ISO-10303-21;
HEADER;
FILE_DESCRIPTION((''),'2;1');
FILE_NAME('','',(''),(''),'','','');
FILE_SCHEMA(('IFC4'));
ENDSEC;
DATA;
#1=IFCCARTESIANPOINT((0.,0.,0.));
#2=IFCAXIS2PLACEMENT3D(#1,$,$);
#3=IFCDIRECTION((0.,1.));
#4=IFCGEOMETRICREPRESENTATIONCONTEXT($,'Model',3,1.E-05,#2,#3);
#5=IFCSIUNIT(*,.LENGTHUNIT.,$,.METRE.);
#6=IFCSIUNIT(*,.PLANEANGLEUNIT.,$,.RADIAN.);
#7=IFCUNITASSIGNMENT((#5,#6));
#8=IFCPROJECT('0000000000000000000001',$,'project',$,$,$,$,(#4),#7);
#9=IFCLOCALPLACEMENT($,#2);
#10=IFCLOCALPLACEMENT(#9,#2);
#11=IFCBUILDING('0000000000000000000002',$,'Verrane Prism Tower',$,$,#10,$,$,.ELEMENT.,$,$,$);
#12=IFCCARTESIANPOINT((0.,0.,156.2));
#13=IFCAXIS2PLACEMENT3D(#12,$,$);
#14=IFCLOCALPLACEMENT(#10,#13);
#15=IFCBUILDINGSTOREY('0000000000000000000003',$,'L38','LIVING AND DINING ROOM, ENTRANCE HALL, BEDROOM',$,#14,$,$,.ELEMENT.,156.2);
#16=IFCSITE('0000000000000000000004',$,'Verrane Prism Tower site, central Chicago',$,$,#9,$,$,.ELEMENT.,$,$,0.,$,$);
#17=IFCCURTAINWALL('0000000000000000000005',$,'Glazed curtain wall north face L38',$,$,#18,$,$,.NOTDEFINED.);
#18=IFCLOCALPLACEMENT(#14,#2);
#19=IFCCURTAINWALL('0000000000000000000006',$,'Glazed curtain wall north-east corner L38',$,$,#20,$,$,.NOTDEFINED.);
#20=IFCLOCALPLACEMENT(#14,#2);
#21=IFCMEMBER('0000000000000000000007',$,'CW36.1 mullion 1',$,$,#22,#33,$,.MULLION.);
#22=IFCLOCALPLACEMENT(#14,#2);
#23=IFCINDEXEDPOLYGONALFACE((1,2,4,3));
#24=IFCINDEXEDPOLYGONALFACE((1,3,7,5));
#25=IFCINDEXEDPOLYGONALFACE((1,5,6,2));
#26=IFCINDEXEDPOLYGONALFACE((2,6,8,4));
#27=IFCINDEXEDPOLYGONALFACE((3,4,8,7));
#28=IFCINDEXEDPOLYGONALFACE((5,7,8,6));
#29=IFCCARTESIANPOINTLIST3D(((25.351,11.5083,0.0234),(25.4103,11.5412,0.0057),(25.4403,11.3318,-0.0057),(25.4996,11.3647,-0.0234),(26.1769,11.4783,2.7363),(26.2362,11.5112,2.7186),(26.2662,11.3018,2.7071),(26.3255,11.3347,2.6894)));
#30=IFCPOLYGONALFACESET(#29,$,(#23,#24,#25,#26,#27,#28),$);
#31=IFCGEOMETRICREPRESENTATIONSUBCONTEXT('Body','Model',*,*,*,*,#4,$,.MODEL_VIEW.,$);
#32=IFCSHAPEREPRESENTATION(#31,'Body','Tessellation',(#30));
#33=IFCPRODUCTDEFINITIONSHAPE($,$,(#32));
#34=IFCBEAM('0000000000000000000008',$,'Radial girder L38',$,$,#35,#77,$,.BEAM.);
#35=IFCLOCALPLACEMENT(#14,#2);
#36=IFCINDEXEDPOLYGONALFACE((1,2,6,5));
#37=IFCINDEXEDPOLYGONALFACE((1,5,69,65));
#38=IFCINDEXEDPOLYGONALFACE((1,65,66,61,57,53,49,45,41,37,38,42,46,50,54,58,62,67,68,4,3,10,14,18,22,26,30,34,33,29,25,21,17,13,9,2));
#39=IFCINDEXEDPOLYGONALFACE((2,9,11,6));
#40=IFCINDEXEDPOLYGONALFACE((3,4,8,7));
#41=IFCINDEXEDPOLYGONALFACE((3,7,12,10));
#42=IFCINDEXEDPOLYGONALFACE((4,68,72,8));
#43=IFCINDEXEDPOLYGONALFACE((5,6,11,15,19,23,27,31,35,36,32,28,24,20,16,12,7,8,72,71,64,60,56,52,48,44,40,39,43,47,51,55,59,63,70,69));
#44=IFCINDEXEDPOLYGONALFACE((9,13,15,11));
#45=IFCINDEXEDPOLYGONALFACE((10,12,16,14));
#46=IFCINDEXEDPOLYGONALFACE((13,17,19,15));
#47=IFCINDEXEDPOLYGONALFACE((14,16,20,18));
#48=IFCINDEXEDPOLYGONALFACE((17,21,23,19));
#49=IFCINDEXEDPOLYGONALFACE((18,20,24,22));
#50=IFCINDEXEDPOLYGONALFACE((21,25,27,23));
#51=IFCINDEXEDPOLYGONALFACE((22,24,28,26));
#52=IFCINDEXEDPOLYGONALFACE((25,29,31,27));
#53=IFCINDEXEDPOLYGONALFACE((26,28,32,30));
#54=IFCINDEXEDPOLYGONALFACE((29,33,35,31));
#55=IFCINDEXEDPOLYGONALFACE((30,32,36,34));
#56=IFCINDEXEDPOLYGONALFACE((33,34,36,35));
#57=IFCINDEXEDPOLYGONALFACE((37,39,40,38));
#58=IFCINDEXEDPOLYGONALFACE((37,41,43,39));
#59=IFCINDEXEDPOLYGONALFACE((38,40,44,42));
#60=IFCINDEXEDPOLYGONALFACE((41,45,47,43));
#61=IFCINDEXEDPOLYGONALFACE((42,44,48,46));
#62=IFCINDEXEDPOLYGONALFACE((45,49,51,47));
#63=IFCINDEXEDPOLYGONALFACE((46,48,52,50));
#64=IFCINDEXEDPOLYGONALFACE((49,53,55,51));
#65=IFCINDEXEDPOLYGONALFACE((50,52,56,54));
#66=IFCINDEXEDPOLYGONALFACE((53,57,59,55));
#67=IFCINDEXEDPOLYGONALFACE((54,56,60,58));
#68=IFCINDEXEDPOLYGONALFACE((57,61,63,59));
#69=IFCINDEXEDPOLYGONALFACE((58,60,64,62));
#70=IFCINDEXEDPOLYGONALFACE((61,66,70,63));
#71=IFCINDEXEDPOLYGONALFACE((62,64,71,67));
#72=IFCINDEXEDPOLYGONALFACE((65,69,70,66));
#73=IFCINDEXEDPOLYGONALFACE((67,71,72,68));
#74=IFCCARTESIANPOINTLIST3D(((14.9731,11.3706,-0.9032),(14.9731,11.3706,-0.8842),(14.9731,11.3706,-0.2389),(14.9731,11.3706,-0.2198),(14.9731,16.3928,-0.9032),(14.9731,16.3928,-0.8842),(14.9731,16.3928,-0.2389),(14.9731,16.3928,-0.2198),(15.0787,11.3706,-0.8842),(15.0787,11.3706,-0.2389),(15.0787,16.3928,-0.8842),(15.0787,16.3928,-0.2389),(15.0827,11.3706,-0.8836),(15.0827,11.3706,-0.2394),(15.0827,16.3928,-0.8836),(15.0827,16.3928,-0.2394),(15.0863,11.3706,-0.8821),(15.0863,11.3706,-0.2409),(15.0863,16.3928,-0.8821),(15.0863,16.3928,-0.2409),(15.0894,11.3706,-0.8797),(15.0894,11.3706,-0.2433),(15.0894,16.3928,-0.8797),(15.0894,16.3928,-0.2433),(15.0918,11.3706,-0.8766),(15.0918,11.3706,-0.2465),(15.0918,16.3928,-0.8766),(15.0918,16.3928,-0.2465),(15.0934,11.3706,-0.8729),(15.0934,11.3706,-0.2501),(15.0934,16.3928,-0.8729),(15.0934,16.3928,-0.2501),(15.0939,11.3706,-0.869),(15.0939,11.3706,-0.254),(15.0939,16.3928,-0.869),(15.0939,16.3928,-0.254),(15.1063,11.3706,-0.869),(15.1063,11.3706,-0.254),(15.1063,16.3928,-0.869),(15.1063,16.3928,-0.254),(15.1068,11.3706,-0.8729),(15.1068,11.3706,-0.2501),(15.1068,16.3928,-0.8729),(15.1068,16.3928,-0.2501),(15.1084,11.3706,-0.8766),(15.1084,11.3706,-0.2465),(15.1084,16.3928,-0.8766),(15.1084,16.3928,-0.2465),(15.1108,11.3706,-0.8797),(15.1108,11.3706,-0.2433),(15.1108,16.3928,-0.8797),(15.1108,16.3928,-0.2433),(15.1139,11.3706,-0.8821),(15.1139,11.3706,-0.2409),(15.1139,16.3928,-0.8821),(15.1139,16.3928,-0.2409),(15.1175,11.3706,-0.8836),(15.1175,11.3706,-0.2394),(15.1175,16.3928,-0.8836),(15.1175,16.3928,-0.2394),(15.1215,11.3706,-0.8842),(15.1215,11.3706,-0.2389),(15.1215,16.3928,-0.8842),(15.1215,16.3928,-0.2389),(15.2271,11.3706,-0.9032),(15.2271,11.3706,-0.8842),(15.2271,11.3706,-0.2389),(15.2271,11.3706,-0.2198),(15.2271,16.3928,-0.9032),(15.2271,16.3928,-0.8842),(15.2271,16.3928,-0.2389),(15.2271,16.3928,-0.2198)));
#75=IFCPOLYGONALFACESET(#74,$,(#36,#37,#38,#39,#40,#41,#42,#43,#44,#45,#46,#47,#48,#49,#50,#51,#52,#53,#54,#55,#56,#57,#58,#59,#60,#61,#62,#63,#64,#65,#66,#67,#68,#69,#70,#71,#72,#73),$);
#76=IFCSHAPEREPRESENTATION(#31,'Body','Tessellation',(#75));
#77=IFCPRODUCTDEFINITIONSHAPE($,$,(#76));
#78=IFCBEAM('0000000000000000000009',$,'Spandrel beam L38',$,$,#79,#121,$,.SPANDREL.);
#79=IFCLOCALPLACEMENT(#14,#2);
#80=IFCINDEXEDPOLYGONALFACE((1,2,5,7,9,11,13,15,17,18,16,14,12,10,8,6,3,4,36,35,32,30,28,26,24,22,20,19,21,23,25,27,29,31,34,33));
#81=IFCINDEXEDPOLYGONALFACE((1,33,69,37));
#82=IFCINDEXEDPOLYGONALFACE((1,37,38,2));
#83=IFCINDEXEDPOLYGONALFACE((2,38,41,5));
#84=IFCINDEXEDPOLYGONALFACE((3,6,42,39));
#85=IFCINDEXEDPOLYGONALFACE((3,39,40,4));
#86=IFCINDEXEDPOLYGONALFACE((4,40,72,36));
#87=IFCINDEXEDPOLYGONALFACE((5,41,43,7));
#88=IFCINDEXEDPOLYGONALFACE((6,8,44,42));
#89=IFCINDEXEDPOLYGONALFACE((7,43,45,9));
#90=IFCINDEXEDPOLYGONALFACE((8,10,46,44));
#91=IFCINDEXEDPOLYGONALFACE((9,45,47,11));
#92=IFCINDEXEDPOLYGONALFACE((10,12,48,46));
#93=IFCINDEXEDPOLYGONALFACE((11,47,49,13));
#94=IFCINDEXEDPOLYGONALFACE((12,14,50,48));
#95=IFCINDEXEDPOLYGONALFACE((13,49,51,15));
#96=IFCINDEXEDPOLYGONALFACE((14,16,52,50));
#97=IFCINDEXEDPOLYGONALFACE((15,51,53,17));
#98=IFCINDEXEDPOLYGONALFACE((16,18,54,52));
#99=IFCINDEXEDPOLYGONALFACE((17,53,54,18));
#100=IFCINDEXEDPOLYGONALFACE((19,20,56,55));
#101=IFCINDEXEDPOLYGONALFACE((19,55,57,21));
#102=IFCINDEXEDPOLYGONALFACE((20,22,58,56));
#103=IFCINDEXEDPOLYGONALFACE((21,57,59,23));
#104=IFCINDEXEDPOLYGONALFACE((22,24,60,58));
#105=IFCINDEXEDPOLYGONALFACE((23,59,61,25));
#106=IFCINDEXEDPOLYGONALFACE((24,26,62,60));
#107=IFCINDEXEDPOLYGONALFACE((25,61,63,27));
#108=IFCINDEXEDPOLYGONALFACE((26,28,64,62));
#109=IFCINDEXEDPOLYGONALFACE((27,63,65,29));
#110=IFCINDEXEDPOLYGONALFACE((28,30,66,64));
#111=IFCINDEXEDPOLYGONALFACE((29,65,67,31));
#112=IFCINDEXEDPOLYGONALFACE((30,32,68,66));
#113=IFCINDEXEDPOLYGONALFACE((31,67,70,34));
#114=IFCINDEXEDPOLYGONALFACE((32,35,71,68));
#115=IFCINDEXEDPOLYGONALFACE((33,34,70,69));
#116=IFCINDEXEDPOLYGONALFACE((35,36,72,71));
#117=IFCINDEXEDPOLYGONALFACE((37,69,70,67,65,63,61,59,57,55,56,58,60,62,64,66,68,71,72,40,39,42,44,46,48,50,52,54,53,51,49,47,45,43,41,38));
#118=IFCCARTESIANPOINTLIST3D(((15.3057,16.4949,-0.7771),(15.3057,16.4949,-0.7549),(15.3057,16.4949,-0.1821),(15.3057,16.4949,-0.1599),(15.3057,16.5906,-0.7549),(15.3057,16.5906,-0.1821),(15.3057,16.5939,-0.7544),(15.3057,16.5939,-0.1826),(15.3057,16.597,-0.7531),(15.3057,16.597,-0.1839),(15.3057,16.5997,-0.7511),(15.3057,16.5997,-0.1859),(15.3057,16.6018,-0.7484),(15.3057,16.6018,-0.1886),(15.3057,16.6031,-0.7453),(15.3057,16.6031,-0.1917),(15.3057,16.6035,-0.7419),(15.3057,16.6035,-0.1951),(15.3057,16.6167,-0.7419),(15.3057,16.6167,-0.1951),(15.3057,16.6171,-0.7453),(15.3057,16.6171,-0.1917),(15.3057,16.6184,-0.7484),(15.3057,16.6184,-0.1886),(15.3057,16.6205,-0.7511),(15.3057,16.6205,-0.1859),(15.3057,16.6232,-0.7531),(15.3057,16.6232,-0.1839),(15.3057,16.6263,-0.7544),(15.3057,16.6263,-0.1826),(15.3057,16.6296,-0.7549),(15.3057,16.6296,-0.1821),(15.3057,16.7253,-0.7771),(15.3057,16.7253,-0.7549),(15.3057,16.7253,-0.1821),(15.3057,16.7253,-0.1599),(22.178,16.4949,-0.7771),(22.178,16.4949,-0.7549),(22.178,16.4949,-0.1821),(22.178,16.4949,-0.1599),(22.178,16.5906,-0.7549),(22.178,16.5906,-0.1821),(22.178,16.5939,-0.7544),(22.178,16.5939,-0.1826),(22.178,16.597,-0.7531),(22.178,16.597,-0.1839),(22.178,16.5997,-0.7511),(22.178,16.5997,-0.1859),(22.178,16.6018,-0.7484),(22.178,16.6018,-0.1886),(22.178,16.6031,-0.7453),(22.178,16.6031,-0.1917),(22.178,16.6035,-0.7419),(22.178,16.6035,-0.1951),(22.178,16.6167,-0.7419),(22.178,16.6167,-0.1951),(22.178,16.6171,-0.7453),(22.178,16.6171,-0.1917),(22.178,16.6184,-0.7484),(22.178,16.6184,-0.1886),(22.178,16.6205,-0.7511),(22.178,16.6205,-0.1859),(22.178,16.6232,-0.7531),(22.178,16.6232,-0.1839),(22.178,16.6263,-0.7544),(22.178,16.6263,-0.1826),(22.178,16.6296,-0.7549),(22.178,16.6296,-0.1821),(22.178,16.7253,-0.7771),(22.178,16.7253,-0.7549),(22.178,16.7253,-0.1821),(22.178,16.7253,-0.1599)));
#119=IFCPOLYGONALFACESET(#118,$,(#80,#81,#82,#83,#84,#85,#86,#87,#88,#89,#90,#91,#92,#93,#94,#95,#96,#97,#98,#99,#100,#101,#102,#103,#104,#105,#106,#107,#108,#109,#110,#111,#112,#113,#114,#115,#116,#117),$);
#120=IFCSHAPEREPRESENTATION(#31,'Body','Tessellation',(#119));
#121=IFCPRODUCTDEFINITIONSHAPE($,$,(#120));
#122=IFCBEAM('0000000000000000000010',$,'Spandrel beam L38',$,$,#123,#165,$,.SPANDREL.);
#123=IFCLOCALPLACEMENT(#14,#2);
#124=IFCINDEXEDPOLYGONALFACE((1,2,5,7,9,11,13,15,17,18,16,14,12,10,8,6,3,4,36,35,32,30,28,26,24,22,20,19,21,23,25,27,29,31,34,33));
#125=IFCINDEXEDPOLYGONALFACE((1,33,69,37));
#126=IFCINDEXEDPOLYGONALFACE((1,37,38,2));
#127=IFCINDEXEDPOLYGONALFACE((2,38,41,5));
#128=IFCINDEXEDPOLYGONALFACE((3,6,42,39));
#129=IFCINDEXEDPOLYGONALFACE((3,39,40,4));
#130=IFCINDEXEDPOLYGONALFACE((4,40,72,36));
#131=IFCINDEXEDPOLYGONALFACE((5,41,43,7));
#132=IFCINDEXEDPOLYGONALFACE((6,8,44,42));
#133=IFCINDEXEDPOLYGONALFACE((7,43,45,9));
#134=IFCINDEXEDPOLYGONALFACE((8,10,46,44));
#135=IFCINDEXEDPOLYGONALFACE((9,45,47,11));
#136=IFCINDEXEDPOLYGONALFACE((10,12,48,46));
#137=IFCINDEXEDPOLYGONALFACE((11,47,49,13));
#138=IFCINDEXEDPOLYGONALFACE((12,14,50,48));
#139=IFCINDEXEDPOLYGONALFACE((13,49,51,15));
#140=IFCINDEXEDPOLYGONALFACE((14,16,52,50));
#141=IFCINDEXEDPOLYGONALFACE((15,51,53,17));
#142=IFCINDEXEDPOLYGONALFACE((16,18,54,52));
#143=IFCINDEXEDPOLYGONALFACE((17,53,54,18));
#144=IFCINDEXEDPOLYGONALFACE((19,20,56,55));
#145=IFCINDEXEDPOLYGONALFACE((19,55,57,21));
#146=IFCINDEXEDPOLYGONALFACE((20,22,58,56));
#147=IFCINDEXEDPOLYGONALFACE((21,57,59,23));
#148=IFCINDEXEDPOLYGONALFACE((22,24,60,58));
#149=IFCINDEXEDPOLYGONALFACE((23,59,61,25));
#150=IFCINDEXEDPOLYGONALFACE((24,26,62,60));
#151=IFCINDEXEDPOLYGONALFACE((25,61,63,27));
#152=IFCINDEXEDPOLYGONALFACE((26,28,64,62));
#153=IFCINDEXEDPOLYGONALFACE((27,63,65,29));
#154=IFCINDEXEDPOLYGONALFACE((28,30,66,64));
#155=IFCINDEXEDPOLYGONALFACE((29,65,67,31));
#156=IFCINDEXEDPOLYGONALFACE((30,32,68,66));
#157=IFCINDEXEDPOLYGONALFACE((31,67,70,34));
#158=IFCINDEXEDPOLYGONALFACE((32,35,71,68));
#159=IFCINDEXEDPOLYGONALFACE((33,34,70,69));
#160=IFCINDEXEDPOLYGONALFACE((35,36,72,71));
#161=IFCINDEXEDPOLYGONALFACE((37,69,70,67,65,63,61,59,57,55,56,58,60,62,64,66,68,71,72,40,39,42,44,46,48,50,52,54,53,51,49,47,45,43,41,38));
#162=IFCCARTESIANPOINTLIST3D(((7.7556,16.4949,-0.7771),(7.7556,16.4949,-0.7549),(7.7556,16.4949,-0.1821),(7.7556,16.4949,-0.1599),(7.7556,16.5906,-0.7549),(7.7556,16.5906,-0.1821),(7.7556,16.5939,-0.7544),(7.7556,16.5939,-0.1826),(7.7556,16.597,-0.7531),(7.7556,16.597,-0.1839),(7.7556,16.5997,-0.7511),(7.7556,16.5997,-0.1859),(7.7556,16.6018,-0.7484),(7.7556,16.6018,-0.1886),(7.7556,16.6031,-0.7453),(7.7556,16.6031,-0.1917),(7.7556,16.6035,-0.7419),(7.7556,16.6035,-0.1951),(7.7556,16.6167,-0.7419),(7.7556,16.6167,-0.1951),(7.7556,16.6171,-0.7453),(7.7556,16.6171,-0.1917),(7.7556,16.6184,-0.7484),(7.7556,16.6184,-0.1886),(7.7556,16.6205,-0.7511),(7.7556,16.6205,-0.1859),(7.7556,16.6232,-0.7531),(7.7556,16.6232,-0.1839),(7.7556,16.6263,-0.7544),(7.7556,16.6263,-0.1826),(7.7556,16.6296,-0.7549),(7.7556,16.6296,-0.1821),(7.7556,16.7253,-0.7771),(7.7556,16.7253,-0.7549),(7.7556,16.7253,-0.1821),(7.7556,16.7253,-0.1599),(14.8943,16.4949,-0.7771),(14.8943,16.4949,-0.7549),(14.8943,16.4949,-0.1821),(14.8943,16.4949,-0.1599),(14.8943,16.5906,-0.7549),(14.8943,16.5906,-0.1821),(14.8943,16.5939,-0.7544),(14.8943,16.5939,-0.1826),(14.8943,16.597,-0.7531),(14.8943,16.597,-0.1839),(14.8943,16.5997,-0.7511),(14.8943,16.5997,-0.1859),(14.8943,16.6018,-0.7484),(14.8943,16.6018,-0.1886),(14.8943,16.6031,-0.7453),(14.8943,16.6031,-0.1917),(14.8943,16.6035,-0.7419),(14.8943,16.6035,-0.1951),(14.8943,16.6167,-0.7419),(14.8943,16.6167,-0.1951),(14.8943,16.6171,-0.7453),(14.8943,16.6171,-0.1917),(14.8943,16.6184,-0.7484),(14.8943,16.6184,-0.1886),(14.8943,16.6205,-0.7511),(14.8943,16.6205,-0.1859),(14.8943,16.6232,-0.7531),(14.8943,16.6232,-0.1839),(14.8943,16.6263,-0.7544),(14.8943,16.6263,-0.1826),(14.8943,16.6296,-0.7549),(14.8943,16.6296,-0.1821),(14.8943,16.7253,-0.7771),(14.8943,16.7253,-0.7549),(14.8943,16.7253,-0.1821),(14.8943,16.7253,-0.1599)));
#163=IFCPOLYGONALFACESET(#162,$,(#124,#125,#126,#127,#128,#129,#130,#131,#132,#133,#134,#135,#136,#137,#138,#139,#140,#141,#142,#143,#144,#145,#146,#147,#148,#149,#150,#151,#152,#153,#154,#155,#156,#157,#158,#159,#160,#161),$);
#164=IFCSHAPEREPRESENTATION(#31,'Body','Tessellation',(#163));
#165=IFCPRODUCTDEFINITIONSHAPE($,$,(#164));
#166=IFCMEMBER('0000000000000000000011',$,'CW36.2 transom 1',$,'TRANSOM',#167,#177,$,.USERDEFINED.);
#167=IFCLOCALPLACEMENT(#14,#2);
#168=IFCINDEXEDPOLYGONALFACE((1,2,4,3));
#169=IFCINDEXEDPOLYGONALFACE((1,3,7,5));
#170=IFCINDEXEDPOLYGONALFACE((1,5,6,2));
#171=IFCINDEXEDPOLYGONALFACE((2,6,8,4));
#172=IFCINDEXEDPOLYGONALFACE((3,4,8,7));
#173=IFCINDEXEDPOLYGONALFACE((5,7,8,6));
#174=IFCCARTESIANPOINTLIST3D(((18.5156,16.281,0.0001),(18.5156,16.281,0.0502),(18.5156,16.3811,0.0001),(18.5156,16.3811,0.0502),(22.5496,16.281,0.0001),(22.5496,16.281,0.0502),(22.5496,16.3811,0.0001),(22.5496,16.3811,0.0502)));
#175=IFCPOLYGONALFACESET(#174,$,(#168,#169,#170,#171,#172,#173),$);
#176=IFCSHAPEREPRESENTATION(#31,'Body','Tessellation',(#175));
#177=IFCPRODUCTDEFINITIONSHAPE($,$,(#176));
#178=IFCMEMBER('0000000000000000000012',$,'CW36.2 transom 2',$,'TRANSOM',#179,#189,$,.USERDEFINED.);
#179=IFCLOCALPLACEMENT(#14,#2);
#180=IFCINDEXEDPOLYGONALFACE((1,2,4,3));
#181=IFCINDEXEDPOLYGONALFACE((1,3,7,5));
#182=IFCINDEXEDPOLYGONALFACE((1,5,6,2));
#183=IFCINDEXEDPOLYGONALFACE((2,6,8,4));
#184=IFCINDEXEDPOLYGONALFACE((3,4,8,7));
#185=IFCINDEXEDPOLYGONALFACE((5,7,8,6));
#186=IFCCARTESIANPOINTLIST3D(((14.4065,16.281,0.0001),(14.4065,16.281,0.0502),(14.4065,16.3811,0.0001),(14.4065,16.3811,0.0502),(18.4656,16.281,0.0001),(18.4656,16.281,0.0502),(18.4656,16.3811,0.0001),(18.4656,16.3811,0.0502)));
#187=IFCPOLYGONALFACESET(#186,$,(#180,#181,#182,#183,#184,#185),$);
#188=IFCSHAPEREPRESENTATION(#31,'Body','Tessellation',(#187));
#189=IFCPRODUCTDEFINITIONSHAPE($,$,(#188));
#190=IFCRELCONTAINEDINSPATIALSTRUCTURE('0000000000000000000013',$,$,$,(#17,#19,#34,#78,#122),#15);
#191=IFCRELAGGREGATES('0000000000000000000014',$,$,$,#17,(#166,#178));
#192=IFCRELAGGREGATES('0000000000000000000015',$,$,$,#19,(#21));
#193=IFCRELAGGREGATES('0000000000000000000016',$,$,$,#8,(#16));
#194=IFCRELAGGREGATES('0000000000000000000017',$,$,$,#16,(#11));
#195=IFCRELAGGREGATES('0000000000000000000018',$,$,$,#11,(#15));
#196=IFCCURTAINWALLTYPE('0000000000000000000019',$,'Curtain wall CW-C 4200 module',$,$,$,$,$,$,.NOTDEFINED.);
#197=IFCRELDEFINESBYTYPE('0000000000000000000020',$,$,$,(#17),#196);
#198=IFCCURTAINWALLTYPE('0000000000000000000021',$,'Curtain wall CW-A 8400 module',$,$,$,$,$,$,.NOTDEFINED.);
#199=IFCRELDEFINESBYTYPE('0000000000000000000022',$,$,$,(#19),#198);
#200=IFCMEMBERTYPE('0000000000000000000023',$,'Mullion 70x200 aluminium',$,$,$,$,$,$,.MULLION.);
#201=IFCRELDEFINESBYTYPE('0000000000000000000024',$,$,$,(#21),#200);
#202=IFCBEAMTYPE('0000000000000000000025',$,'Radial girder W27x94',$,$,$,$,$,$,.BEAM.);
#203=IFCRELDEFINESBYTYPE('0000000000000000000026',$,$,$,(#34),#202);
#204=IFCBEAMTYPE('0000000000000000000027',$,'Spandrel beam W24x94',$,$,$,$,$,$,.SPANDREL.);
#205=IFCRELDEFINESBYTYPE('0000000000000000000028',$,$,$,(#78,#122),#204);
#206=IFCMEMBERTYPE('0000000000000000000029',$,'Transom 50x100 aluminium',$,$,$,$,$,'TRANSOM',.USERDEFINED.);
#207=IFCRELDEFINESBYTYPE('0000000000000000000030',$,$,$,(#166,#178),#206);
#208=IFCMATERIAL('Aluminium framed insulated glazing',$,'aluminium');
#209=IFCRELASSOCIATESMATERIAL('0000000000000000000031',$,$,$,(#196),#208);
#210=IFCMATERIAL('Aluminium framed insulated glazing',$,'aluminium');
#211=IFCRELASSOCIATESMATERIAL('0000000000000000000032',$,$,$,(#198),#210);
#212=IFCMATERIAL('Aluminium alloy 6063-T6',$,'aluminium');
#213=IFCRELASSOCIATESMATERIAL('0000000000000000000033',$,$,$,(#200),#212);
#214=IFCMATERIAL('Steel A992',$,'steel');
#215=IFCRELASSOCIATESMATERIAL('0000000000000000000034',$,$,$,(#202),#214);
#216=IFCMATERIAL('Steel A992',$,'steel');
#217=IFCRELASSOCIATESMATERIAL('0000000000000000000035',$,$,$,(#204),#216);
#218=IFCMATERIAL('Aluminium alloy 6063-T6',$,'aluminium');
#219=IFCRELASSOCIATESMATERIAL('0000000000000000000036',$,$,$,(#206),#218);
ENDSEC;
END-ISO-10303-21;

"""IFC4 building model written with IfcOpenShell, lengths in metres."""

from ifc_helpers import new_model, si_unit, direction, frame, origin, origin_2d, place, context, subcontext, project, spatial, rectangle, i_section, extrude, material, material_profile, profile_set, type_object, element, aggregate, save


model = new_model("IFC4")

# Units and contexts
model_context = context("Model", 3, precision=1e-05, world=origin(), true_north=direction((0.0, 1.0)))
body_context = subcontext(model_context, "Body", "Model", "MODEL_VIEW")
ifc_project = project(units=[si_unit("LENGTHUNIT", "METRE"), si_unit("PLANEANGLEUNIT", "RADIAN")], contexts=[model_context])

# Site, building, storey
site_placement = place(None, origin())
site = spatial("IfcSite", under=ifc_project, at=site_placement, Name="Verrane Prism Tower site, central Chicago", CompositionType="ELEMENT", RefElevation=0.0)
building_placement = place(site_placement, origin())
building = spatial("IfcBuilding", under=site, at=building_placement, Name="Verrane Prism Tower", CompositionType="ELEMENT")
storey_placement = place(building_placement, frame((0.0, 0.0, 156.2)))
storey = spatial("IfcBuildingStorey", under=building, at=storey_placement, Name="L38", Description="LIVING AND DINING ROOM, ENTRANCE HALL, BEDROOM", CompositionType="ELEMENT", Elevation=156.2)

# Curtain wall
ifc_material_1 = material(Name="Aluminium framed insulated glazing", Category="aluminium")
curtain_wall_type_1 = type_object("IfcCurtainWallType", Name="Curtain wall CW-C 4200 module", PredefinedType="NOTDEFINED", material=ifc_material_1)
curtain_wall_1_placement = place(storey_placement, origin())
curtain_wall_1 = element("IfcCurtainWall", 1, at=curtain_wall_1_placement, inside=storey, type_object=curtain_wall_type_1, Name="Glazed curtain wall north face L38", PredefinedType="NOTDEFINED")

# Curtain wall, member
ifc_material_2 = material(Name="Aluminium framed insulated glazing", Category="aluminium")
curtain_wall_type_2 = type_object("IfcCurtainWallType", Name="Curtain wall CW-A 8400 module", PredefinedType="NOTDEFINED", material=ifc_material_2)
curtain_wall_2_placement = place(storey_placement, origin())
curtain_wall_2 = element("IfcCurtainWall", 2, at=curtain_wall_2_placement, inside=storey, type_object=curtain_wall_type_2, Name="Glazed curtain wall north-east corner L38", PredefinedType="NOTDEFINED")
ifc_material_3 = material(Name="Aluminium alloy 6063-T6", Category="aluminium")
ifc_material_profile_1 = material_profile(ifc_material_3, rectangle(XDim=0.2, YDim=0.0701, at=origin_2d()), Name="Mullion 70x200 aluminium")
ifc_profile_set_1 = profile_set([ifc_material_profile_1], Name="Aluminium alloy 6063-T6")
member_type_1 = type_object("IfcMemberType", Name="Mullion 70x200 aluminium", PredefinedType="MULLION", material=ifc_profile_set_1)
member_1_placement = place(storey_placement, frame((25.4253, 11.4365, 0.0), z_axis=(0.291231, -0.010589, 0.956594), x_axis=(0.446518, -0.88283, -0.145713)))
member_1 = element("IfcMember", 3, at=member_1_placement, type_object=member_type_1, Name="CW36.1 mullion 1", PredefinedType="MULLION", context=body_context, shape_type="SweptSolid", body=[
    extrude(rectangle(XDim=0.2, YDim=0.0701, at=origin_2d()), origin(), (0.0, 0.0, 1.0), 2.8359),
])

# Beams
ifc_material_4 = material(Name="Steel A992", Category="steel")
ifc_material_profile_2 = material_profile(ifc_material_4, i_section(OverallWidth=0.2539, OverallDepth=0.6833, WebThickness=0.0125, FlangeThickness=0.019, FilletRadius=0.0151, at=origin_2d()), Name="W27x94")
ifc_profile_set_2 = profile_set([ifc_material_profile_2], Name="Steel A992")
beam_type_1 = type_object("IfcBeamType", Name="Radial girder W27x94", PredefinedType="BEAM", material=ifc_profile_set_2)
beam_1_placement = place(storey_placement, frame((15.1001, 16.3928, -0.5615), z_axis=(0.0, -1.0, 0.0), x_axis=(1.0, 0.0, 0.0)))
element("IfcBeam", 4, at=beam_1_placement, inside=storey, type_object=beam_type_1, Name="Radial girder L38", PredefinedType="BEAM", context=body_context, shape_type="SweptSolid", body=[
    extrude(i_section(OverallWidth=0.2539, OverallDepth=0.6833, WebThickness=0.0125, FlangeThickness=0.019, FilletRadius=0.0151, at=origin_2d()), origin(), (0.0, 0.0, 1.0), 5.0222),
])
ifc_material_5 = material(Name="Steel A992", Category="steel")
ifc_material_profile_3 = material_profile(ifc_material_5, i_section(OverallWidth=0.2305, OverallDepth=0.6172, WebThickness=0.0132, FlangeThickness=0.0222, FilletRadius=0.0129, at=origin_2d()), Name="W24x94")
ifc_profile_set_3 = profile_set([ifc_material_profile_3], Name="Steel A992")
beam_type_2 = type_object("IfcBeamType", Name="Spandrel beam W24x94", PredefinedType="SPANDREL", material=ifc_profile_set_3)
beam_2_placement = place(storey_placement, frame((22.178, 16.6101, -0.4685), z_axis=(-1.0, 0.0, 0.0), x_axis=(0.0, -1.0, 0.0)))
element("IfcBeam", 5, at=beam_2_placement, inside=storey, type_object=beam_type_2, Name="Spandrel beam L38", PredefinedType="SPANDREL", context=body_context, shape_type="SweptSolid", body=[
    extrude(i_section(OverallWidth=0.2305, OverallDepth=0.6172, WebThickness=0.0132, FlangeThickness=0.0222, FilletRadius=0.0129, at=origin_2d()), origin(), (0.0, 0.0, 1.0), 6.8723),
])
beam_3_placement = place(storey_placement, frame((14.8943, 16.6101, -0.4685), z_axis=(-1.0, 0.0, 0.0), x_axis=(0.0, -1.0, 0.0)))
element("IfcBeam", 6, at=beam_3_placement, inside=storey, type_object=beam_type_2, Name="Spandrel beam L38", PredefinedType="SPANDREL", context=body_context, shape_type="SweptSolid", body=[
    extrude(i_section(OverallWidth=0.2305, OverallDepth=0.6172, WebThickness=0.0132, FlangeThickness=0.0222, FilletRadius=0.0129, at=origin_2d()), origin(), (0.0, 0.0, 1.0), 7.1387),
])

# Members
ifc_material_6 = material(Name="Aluminium alloy 6063-T6", Category="aluminium")
ifc_material_profile_4 = material_profile(ifc_material_6, rectangle(XDim=0.1001, YDim=0.05, at=origin_2d()), Name="Transom 50x100 aluminium")
ifc_profile_set_4 = profile_set([ifc_material_profile_4], Name="Aluminium alloy 6063-T6")
member_type_2 = type_object("IfcMemberType", Name="Transom 50x100 aluminium", ElementType="TRANSOM", PredefinedType="USERDEFINED", material=ifc_profile_set_4)
member_2_placement = place(storey_placement, frame((22.5496, 16.3311, 0.0251), z_axis=(-1.0, 0.0, 0.0), x_axis=(0.0, -1.0, 0.0)))
member_2 = element("IfcMember", 7, at=member_2_placement, type_object=member_type_2, Name="CW36.2 transom 1", ObjectType="TRANSOM", PredefinedType="USERDEFINED", context=body_context, shape_type="SweptSolid", body=[
    extrude(rectangle(XDim=0.1001, YDim=0.05, at=origin_2d()), origin(), (0.0, 0.0, 1.0), 4.0339),
])
member_3_placement = place(storey_placement, frame((18.4656, 16.3311, 0.0251), z_axis=(-1.0, 0.0, 0.0), x_axis=(0.0, -1.0, 0.0)))
member_3 = element("IfcMember", 8, at=member_3_placement, type_object=member_type_2, Name="CW36.2 transom 2", ObjectType="TRANSOM", PredefinedType="USERDEFINED", context=body_context, shape_type="SweptSolid", body=[
    extrude(rectangle(XDim=0.1001, YDim=0.05, at=origin_2d()), origin(), (0.0, 0.0, 1.0), 4.0591),
])

aggregate(curtain_wall_1, [member_2, member_3])
aggregate(curtain_wall_2, [member_1])

save(model, "model.ifc")
